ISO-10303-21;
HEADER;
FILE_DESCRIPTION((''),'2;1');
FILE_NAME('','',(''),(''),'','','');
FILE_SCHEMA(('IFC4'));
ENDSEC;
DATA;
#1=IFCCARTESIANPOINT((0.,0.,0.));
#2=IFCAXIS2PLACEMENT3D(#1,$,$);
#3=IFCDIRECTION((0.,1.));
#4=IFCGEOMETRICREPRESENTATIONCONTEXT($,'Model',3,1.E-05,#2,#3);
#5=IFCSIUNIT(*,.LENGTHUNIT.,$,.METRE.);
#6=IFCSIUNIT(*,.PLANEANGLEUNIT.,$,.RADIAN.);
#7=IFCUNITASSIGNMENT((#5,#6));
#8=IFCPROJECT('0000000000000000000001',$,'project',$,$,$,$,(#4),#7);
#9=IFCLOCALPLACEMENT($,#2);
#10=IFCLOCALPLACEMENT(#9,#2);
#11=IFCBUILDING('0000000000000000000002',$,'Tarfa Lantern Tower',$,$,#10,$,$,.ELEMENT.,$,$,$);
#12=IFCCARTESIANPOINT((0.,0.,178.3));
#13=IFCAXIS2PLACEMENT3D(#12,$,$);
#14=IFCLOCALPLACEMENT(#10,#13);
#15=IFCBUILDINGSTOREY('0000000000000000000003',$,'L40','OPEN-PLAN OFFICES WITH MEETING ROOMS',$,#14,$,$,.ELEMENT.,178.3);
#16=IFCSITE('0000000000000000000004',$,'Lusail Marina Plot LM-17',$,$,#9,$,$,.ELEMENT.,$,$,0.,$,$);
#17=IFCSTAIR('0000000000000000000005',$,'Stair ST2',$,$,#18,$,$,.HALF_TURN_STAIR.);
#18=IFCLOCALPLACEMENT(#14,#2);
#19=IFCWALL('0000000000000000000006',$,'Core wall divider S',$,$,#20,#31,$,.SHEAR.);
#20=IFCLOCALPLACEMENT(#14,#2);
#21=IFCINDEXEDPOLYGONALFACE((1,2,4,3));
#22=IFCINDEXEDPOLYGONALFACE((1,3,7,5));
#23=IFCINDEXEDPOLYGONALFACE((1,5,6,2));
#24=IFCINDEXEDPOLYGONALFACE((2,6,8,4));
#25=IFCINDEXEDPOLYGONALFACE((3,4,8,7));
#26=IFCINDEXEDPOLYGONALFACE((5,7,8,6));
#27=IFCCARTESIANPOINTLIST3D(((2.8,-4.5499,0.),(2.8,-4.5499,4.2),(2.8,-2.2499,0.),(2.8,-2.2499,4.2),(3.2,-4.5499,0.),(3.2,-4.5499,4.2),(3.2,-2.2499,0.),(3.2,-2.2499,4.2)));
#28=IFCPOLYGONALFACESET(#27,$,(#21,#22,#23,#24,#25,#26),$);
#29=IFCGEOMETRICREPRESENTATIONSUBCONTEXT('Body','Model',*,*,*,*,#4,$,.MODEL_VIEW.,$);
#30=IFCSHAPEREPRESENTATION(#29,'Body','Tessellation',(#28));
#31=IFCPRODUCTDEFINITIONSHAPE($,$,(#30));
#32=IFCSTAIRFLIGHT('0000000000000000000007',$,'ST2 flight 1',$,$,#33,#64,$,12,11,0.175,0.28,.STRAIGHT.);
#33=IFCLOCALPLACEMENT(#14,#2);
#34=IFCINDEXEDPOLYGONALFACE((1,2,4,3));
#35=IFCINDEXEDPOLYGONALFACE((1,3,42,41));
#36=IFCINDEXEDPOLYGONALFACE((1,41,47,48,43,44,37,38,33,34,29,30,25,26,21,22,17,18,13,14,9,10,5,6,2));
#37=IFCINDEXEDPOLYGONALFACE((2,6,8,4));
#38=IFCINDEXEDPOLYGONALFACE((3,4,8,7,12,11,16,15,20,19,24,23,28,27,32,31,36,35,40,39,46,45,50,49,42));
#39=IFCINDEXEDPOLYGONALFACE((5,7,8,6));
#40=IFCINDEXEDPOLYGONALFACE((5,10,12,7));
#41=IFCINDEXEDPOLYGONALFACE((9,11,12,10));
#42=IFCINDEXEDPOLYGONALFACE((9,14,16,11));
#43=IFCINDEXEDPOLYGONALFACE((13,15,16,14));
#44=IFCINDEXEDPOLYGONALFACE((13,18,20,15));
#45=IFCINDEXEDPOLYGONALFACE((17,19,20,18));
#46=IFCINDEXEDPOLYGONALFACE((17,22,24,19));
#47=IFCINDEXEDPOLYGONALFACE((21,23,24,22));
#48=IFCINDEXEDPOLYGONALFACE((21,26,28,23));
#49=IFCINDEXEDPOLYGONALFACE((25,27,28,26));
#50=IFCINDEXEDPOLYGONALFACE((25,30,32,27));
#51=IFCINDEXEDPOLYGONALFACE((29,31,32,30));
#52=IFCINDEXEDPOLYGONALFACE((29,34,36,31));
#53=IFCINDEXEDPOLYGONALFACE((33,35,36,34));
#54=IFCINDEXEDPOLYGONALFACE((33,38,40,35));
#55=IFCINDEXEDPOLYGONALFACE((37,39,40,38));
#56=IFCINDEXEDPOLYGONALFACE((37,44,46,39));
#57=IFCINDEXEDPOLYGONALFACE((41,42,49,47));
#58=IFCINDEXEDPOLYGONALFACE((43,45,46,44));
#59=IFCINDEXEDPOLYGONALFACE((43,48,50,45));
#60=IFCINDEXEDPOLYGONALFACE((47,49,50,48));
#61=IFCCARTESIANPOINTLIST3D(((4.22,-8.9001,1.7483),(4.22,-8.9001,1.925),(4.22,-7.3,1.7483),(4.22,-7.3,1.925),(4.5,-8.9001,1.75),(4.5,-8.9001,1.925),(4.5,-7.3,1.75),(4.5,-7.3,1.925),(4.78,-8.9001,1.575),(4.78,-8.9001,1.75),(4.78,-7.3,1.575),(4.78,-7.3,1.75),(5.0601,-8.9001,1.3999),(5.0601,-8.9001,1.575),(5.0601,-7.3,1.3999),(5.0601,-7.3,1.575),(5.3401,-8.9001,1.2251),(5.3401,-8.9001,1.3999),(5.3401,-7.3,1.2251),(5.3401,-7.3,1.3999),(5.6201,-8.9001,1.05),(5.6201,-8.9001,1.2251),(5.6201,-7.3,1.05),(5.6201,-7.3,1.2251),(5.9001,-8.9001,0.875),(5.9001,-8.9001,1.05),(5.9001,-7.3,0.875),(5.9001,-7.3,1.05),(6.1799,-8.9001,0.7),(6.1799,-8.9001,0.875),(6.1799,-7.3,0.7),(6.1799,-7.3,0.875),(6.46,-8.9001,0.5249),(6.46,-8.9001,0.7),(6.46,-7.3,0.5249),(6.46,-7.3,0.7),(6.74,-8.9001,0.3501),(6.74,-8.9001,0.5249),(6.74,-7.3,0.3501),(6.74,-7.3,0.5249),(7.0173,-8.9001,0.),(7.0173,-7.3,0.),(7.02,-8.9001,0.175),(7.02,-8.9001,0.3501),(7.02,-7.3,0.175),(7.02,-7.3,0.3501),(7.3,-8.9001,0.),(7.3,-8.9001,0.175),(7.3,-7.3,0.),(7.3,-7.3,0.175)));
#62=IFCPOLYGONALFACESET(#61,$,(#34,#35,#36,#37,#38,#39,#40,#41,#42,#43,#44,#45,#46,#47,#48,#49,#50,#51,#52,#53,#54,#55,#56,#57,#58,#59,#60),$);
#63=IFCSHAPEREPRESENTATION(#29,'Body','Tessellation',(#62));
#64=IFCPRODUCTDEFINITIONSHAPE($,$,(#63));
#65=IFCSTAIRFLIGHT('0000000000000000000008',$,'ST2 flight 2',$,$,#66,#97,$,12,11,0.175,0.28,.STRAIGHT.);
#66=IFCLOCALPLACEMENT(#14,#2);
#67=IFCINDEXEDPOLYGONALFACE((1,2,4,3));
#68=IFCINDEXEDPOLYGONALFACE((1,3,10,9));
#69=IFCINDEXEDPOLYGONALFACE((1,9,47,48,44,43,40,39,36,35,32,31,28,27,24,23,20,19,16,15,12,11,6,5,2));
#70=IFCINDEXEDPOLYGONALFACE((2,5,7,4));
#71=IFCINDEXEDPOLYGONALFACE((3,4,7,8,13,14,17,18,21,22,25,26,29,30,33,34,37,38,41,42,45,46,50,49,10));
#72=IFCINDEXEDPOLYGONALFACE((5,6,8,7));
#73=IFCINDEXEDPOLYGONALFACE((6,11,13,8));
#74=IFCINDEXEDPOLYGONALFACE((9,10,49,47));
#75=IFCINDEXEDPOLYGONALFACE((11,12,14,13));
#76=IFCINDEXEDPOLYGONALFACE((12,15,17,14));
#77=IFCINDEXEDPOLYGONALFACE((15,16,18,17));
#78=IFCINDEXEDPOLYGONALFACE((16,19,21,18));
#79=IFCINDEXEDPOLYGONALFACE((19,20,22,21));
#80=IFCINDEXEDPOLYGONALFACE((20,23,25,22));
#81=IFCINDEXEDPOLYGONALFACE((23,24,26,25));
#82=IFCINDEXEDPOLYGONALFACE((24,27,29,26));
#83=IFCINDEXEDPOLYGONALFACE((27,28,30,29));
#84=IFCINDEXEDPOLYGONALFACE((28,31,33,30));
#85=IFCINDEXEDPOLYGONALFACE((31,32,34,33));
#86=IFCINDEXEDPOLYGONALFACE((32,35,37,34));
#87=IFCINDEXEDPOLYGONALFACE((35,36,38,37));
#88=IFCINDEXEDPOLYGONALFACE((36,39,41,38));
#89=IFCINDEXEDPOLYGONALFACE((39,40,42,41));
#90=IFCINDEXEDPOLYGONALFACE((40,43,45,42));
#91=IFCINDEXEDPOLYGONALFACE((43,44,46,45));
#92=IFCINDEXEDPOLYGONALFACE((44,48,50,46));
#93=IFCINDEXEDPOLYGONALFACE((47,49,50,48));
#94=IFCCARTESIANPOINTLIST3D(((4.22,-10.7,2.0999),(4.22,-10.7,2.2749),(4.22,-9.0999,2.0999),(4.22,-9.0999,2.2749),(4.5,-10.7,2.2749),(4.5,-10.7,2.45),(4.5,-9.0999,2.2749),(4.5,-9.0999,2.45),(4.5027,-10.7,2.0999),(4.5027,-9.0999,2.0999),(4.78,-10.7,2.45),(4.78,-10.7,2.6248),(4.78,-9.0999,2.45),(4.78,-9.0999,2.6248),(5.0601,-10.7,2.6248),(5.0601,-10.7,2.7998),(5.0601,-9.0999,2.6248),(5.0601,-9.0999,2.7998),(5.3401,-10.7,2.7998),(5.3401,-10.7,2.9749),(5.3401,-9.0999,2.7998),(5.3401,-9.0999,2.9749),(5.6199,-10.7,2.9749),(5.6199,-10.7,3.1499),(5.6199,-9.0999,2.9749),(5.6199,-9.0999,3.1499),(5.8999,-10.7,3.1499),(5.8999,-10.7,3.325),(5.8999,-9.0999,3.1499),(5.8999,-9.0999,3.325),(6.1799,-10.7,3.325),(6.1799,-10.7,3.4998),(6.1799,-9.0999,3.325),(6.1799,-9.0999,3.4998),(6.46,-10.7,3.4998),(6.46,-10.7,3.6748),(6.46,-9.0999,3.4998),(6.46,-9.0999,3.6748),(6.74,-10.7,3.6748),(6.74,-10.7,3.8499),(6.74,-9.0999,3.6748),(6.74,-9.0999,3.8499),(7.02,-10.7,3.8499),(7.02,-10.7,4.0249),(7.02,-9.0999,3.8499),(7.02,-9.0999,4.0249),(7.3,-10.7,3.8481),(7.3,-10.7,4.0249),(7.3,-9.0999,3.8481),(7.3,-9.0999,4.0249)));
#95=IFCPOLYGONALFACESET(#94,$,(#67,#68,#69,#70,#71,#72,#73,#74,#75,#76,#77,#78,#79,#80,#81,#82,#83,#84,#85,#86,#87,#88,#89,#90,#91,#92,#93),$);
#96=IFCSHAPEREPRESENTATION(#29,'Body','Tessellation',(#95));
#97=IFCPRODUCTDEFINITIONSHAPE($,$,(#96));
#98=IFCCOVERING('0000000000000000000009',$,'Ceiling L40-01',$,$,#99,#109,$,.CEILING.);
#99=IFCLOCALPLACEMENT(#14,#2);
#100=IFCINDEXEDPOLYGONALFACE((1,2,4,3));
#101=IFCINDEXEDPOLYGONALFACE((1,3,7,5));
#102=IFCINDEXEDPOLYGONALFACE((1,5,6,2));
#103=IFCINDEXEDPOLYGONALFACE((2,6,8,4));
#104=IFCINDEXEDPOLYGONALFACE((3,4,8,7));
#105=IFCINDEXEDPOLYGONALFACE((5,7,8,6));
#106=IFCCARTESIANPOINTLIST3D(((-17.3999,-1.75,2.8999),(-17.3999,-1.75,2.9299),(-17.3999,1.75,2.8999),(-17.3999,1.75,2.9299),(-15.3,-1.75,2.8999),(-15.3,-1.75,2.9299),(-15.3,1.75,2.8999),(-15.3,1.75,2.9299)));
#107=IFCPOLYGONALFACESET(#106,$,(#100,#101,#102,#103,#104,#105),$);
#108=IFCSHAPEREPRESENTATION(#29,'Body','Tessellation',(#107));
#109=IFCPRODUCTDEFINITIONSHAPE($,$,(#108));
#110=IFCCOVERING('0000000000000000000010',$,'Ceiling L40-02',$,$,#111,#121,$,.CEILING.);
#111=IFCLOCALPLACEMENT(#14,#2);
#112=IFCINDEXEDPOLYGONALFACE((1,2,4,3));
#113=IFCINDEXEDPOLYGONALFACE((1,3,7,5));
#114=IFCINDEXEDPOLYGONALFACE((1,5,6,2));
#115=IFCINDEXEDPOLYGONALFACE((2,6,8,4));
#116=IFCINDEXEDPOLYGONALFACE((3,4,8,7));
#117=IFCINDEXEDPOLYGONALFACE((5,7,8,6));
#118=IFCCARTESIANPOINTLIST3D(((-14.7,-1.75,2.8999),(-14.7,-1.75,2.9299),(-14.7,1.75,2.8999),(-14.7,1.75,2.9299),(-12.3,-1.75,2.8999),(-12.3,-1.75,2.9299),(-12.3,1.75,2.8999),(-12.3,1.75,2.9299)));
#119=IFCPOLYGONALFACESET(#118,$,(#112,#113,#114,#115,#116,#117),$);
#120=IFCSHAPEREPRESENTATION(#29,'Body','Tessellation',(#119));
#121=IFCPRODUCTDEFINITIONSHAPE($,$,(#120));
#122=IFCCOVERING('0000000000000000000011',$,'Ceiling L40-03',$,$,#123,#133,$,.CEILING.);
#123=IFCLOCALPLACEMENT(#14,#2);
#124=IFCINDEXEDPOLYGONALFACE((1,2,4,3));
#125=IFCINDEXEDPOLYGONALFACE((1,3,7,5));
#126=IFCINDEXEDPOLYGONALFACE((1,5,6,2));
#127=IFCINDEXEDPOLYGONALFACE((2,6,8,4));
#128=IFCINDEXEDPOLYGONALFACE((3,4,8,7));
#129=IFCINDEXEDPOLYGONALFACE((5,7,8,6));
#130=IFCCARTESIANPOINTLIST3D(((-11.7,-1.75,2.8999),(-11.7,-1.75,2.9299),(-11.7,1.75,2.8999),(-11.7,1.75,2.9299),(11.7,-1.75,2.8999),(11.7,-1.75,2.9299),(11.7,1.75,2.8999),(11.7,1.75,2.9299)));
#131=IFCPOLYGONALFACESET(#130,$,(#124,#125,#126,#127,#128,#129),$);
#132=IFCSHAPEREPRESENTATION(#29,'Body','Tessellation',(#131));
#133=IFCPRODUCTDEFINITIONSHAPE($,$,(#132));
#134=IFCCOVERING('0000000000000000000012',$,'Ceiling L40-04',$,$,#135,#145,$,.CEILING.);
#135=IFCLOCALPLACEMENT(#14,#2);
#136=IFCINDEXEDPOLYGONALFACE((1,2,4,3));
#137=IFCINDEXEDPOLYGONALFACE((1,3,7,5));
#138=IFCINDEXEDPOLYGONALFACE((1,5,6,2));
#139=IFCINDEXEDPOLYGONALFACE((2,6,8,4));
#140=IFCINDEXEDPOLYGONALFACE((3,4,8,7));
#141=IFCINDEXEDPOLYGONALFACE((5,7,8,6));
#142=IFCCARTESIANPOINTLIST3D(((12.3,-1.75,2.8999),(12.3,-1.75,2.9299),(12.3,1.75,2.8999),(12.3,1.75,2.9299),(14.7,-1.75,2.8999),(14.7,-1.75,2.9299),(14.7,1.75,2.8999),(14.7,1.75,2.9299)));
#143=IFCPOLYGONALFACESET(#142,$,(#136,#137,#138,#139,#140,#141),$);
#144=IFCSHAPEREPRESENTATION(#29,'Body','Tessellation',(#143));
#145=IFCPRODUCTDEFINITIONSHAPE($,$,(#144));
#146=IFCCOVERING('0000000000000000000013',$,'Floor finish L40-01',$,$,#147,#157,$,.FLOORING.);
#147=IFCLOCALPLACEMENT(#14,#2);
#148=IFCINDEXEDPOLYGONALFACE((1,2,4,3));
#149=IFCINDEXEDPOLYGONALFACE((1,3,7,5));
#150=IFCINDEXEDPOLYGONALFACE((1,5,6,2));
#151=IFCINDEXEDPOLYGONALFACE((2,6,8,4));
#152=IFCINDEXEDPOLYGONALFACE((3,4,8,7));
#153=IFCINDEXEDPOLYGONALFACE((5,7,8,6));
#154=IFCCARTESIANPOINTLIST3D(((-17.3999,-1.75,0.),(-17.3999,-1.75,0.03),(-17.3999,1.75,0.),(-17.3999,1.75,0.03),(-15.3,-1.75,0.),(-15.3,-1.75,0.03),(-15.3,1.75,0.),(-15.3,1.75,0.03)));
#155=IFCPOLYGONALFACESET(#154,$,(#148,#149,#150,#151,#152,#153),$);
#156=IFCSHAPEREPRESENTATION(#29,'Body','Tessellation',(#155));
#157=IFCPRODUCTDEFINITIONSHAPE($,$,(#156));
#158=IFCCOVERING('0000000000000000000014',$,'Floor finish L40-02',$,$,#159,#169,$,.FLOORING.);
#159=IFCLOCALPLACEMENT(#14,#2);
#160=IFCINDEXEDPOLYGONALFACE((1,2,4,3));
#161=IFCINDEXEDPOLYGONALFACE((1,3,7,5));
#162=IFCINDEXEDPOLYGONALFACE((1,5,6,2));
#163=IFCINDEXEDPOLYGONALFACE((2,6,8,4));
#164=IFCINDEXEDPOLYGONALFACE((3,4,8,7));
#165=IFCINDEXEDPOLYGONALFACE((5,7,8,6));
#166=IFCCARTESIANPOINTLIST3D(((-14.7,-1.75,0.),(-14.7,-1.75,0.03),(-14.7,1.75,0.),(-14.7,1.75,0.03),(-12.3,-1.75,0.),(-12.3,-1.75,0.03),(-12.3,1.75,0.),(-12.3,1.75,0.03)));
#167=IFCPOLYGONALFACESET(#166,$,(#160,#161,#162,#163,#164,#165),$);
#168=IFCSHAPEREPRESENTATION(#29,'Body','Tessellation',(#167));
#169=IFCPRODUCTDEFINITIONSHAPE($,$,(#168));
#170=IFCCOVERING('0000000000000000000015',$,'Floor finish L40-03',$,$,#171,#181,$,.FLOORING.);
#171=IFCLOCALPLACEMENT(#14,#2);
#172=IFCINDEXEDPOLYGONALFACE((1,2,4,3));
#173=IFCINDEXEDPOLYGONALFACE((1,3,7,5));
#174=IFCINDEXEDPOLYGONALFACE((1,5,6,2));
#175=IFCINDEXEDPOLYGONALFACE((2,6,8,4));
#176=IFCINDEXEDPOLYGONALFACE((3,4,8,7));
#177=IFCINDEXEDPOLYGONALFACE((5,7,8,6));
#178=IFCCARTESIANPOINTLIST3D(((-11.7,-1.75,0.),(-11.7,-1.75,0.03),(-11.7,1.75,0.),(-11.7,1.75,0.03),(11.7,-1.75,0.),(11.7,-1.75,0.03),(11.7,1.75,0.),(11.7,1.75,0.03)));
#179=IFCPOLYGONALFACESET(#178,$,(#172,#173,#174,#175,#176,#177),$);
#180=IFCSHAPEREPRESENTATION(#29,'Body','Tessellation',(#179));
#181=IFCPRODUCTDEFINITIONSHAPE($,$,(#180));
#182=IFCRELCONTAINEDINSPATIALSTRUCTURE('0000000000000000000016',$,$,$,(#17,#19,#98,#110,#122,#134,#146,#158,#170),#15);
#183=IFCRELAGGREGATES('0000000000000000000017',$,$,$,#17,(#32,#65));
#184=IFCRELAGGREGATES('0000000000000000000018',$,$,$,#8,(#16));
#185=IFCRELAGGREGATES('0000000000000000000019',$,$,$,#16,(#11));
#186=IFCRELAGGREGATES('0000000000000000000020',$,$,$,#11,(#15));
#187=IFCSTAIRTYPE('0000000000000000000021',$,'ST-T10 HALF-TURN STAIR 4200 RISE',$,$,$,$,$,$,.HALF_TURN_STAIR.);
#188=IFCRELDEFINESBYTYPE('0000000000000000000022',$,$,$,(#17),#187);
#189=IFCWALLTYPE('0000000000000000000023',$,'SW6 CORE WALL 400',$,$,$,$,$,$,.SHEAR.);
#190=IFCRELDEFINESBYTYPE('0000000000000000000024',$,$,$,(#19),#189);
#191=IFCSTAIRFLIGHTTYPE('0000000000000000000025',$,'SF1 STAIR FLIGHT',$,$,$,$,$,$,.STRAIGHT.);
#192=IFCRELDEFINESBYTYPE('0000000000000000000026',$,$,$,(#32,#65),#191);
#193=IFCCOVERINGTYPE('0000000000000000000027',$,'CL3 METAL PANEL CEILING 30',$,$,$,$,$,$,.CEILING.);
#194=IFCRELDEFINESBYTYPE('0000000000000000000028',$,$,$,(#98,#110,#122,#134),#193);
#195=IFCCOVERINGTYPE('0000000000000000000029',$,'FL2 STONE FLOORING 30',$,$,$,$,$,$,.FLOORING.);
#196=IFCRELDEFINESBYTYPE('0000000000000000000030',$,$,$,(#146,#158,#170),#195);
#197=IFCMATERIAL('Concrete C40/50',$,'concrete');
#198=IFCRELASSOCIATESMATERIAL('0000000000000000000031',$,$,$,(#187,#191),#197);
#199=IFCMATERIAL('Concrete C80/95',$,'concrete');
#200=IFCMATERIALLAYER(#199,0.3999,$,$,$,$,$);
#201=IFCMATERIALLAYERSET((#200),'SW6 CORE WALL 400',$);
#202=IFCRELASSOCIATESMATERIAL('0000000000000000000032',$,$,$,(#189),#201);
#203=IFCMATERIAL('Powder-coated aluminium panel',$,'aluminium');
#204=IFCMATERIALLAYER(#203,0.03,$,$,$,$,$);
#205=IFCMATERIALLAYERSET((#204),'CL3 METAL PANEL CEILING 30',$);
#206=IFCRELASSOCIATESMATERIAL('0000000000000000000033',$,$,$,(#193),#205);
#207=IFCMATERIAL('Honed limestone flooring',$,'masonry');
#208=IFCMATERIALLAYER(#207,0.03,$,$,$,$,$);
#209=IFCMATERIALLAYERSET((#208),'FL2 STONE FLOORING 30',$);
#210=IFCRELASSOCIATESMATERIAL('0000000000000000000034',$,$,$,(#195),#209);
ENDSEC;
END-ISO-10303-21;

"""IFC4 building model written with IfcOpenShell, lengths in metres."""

from ifc_helpers import new_model, si_unit, direction, frame, frame_2d, origin, place, context, subcontext, project, spatial, polyline, rectangle, outline, extrude, material, layer, layer_set, type_object, element, aggregate, save


model = new_model("IFC4")

# Units and contexts
model_context = context("Model", 3, precision=1e-05, world=origin(), true_north=direction((0.0, 1.0)))
body_context = subcontext(model_context, "Body", "Model", "MODEL_VIEW")
ifc_project = project(units=[si_unit("LENGTHUNIT", "METRE"), si_unit("PLANEANGLEUNIT", "RADIAN")], contexts=[model_context])

# Site, building, storey
site_placement = place(None, origin())
site = spatial("IfcSite", under=ifc_project, at=site_placement, Name="Lusail Marina Plot LM-17", CompositionType="ELEMENT", RefElevation=0.0)
building_placement = place(site_placement, origin())
building = spatial("IfcBuilding", under=site, at=building_placement, Name="Tarfa Lantern Tower", CompositionType="ELEMENT")
storey_placement = place(building_placement, frame((0.0, 0.0, 178.3)))
storey = spatial("IfcBuildingStorey", under=building, at=storey_placement, Name="L40", Description="OPEN-PLAN OFFICES WITH MEETING ROOMS", CompositionType="ELEMENT", Elevation=178.3)

# Stair
ifc_material_1 = material(Name="Concrete C40/50", Category="concrete")
stair_type = type_object("IfcStairType", Name="ST-T10 HALF-TURN STAIR 4200 RISE", PredefinedType="HALF_TURN_STAIR", material=ifc_material_1)
stair_1_placement = place(storey_placement, origin())
stair_1 = element("IfcStair", 1, at=stair_1_placement, inside=storey, type_object=stair_type, Name="Stair ST2", PredefinedType="HALF_TURN_STAIR")

# Shared definitions
ifc_material_2 = material(Name="Concrete C80/95", Category="concrete")

# Wall
ifc_layer_1 = layer(ifc_material_2, 0.3999)
ifc_layer_set_1 = layer_set([ifc_layer_1], Name="SW6 CORE WALL 400")
wall_type_1 = type_object("IfcWallType", Name="SW6 CORE WALL 400", PredefinedType="SHEAR", material=ifc_layer_set_1)
for number, where, z_axis, x_axis, name in (
    (2, (3.0, -2.25, 0.0), (0.0, 0.0, 1.0), (0.0, -1.0, 0.0), "Core wall divider S"),
):
    element("IfcWall", number, at=place(storey_placement, frame(where, z_axis=z_axis, x_axis=x_axis)), inside=storey, type_object=wall_type_1, Name=name, PredefinedType="SHEAR", context=body_context, shape_type="SweptSolid", body=[
        extrude(rectangle(XDim=2.3, YDim=0.3999, at=frame_2d((1.1499, 0.0))), origin(), (0.0, 0.0, 1.0), 4.2),
    ])

# Stair flights
stair_flight_type = type_object("IfcStairFlightType", Name="SF1 STAIR FLIGHT", PredefinedType="STRAIGHT", material=ifc_material_1)
stair_flight_1_placement = place(storey_placement, frame((7.3, -8.1001, 0.0), z_axis=(0.0, 0.0, 1.0), x_axis=(-1.0, 0.0, 0.0)))
stair_flight_1 = element("IfcStairFlight", 3, at=stair_flight_1_placement, type_object=stair_flight_type, Name="ST2 flight 1", NumberOfRisers=12, NumberOfTreads=11, PredefinedType="STRAIGHT", RiserHeight=0.175, TreadLength=0.28, context=body_context, shape_type="SweptSolid", body=[
    extrude(outline(polyline([(0.0, 0.0), (0.0, 0.175), (0.28, 0.175), (0.28, 0.3501), (0.5601, 0.3501), (0.5601, 0.5249), (0.8401, 0.5249), (0.8401, 0.7), (1.1201, 0.7), (1.1201, 0.875), (1.3999, 0.875), (1.3999, 1.05), (1.6799, 1.05), (1.6799, 1.2251), (1.96, 1.2251), (1.96, 1.3999), (2.24, 1.3999), (2.24, 1.575), (2.52, 1.575), (2.52, 1.75), (2.8, 1.75), (2.8, 1.925), (3.0801, 1.925), (3.0801, 2.1001), (3.0801, 1.7483), (0.2827, 0.0), (0.0, 0.0)])), frame((0.0, 0.8, 0.0), z_axis=(0.0, -1.0, 0.0), x_axis=(1.0, 0.0, 0.0)), (0.0, 0.0, 1.0), 1.6001),
])
stair_flight_2_placement = place(storey_placement, frame((4.22, -9.8999, 2.0999), z_axis=(0.0, 0.0, 1.0), x_axis=(1.0, 0.0, 0.0)))
stair_flight_2 = element("IfcStairFlight", 4, at=stair_flight_2_placement, type_object=stair_flight_type, Name="ST2 flight 2", NumberOfRisers=12, NumberOfTreads=11, PredefinedType="STRAIGHT", RiserHeight=0.175, TreadLength=0.28, context=body_context, shape_type="SweptSolid", body=[
    extrude(outline(polyline([(0.0, 0.0), (0.0, 0.175), (0.28, 0.175), (0.28, 0.3501), (0.5601, 0.3501), (0.5601, 0.5249), (0.8401, 0.5249), (0.8401, 0.7), (1.1201, 0.7), (1.1201, 0.875), (1.3999, 0.875), (1.3999, 1.05), (1.6799, 1.05), (1.6799, 1.2251), (1.96, 1.2251), (1.96, 1.3999), (2.24, 1.3999), (2.24, 1.575), (2.52, 1.575), (2.52, 1.75), (2.8, 1.75), (2.8, 1.925), (3.0801, 1.925), (3.0801, 2.1001), (3.0801, 1.7483), (0.2827, 0.0), (0.0, 0.0)])), frame((0.0, 0.8, 0.0), z_axis=(0.0, -1.0, 0.0), x_axis=(1.0, 0.0, 0.0)), (0.0, 0.0, 1.0), 1.6001),
])
aggregate(stair_1, [stair_flight_1, stair_flight_2])

# Coverings
ifc_material_3 = material(Name="Powder-coated aluminium panel", Category="aluminium")
ifc_layer_2 = layer(ifc_material_3, 0.03)
ifc_layer_set_2 = layer_set([ifc_layer_2], Name="CL3 METAL PANEL CEILING 30")
covering_type_1 = type_object("IfcCoveringType", Name="CL3 METAL PANEL CEILING 30", PredefinedType="CEILING", material=ifc_layer_set_2)
covering_1_placement = place(storey_placement, frame((0.0, 0.0, 2.8999)))
element("IfcCovering", 5, at=covering_1_placement, inside=storey, type_object=covering_type_1, Name="Ceiling L40-01", PredefinedType="CEILING", context=body_context, shape_type="SweptSolid", body=[
    extrude(outline(polyline([(-17.3999, -1.75), (-15.3, -1.75), (-15.3, 1.75), (-17.3999, 1.75), (-17.3999, -1.75)])), origin(), (0.0, 0.0, 1.0), 0.03),
])
covering_2_placement = place(storey_placement, frame((0.0, 0.0, 2.8999)))
element("IfcCovering", 6, at=covering_2_placement, inside=storey, type_object=covering_type_1, Name="Ceiling L40-02", PredefinedType="CEILING", context=body_context, shape_type="SweptSolid", body=[
    extrude(outline(polyline([(-14.7, -1.75), (-12.3, -1.75), (-12.3, 1.75), (-14.7, 1.75), (-14.7, -1.75)])), origin(), (0.0, 0.0, 1.0), 0.03),
])
covering_3_placement = place(storey_placement, frame((0.0, 0.0, 2.8999)))
element("IfcCovering", 7, at=covering_3_placement, inside=storey, type_object=covering_type_1, Name="Ceiling L40-03", PredefinedType="CEILING", context=body_context, shape_type="SweptSolid", body=[
    extrude(outline(polyline([(-11.7, -1.75), (11.7, -1.75), (11.7, 1.75), (-11.7, 1.75), (-11.7, -1.75)])), origin(), (0.0, 0.0, 1.0), 0.03),
])
covering_4_placement = place(storey_placement, frame((0.0, 0.0, 2.8999)))
element("IfcCovering", 8, at=covering_4_placement, inside=storey, type_object=covering_type_1, Name="Ceiling L40-04", PredefinedType="CEILING", context=body_context, shape_type="SweptSolid", body=[
    extrude(outline(polyline([(12.3, -1.75), (14.7, -1.75), (14.7, 1.75), (12.3, 1.75), (12.3, -1.75)])), origin(), (0.0, 0.0, 1.0), 0.03),
])
ifc_material_4 = material(Name="Honed limestone flooring", Category="masonry")
ifc_layer_3 = layer(ifc_material_4, 0.03)
ifc_layer_set_3 = layer_set([ifc_layer_3], Name="FL2 STONE FLOORING 30")
covering_type_2 = type_object("IfcCoveringType", Name="FL2 STONE FLOORING 30", PredefinedType="FLOORING", material=ifc_layer_set_3)
covering_5_placement = place(storey_placement, origin())
element("IfcCovering", 9, at=covering_5_placement, inside=storey, type_object=covering_type_2, Name="Floor finish L40-01", PredefinedType="FLOORING", context=body_context, shape_type="SweptSolid", body=[
    extrude(outline(polyline([(-17.3999, -1.75), (-15.3, -1.75), (-15.3, 1.75), (-17.3999, 1.75), (-17.3999, -1.75)])), origin(), (0.0, 0.0, 1.0), 0.03),
])
covering_6_placement = place(storey_placement, origin())
element("IfcCovering", 10, at=covering_6_placement, inside=storey, type_object=covering_type_2, Name="Floor finish L40-02", PredefinedType="FLOORING", context=body_context, shape_type="SweptSolid", body=[
    extrude(outline(polyline([(-14.7, -1.75), (-12.3, -1.75), (-12.3, 1.75), (-14.7, 1.75), (-14.7, -1.75)])), origin(), (0.0, 0.0, 1.0), 0.03),
])
covering_7_placement = place(storey_placement, origin())
element("IfcCovering", 11, at=covering_7_placement, inside=storey, type_object=covering_type_2, Name="Floor finish L40-03", PredefinedType="FLOORING", context=body_context, shape_type="SweptSolid", body=[
    extrude(outline(polyline([(-11.7, -1.75), (11.7, -1.75), (11.7, 1.75), (-11.7, 1.75), (-11.7, -1.75)])), origin(), (0.0, 0.0, 1.0), 0.03),
])

save(model, "model.ifc")
